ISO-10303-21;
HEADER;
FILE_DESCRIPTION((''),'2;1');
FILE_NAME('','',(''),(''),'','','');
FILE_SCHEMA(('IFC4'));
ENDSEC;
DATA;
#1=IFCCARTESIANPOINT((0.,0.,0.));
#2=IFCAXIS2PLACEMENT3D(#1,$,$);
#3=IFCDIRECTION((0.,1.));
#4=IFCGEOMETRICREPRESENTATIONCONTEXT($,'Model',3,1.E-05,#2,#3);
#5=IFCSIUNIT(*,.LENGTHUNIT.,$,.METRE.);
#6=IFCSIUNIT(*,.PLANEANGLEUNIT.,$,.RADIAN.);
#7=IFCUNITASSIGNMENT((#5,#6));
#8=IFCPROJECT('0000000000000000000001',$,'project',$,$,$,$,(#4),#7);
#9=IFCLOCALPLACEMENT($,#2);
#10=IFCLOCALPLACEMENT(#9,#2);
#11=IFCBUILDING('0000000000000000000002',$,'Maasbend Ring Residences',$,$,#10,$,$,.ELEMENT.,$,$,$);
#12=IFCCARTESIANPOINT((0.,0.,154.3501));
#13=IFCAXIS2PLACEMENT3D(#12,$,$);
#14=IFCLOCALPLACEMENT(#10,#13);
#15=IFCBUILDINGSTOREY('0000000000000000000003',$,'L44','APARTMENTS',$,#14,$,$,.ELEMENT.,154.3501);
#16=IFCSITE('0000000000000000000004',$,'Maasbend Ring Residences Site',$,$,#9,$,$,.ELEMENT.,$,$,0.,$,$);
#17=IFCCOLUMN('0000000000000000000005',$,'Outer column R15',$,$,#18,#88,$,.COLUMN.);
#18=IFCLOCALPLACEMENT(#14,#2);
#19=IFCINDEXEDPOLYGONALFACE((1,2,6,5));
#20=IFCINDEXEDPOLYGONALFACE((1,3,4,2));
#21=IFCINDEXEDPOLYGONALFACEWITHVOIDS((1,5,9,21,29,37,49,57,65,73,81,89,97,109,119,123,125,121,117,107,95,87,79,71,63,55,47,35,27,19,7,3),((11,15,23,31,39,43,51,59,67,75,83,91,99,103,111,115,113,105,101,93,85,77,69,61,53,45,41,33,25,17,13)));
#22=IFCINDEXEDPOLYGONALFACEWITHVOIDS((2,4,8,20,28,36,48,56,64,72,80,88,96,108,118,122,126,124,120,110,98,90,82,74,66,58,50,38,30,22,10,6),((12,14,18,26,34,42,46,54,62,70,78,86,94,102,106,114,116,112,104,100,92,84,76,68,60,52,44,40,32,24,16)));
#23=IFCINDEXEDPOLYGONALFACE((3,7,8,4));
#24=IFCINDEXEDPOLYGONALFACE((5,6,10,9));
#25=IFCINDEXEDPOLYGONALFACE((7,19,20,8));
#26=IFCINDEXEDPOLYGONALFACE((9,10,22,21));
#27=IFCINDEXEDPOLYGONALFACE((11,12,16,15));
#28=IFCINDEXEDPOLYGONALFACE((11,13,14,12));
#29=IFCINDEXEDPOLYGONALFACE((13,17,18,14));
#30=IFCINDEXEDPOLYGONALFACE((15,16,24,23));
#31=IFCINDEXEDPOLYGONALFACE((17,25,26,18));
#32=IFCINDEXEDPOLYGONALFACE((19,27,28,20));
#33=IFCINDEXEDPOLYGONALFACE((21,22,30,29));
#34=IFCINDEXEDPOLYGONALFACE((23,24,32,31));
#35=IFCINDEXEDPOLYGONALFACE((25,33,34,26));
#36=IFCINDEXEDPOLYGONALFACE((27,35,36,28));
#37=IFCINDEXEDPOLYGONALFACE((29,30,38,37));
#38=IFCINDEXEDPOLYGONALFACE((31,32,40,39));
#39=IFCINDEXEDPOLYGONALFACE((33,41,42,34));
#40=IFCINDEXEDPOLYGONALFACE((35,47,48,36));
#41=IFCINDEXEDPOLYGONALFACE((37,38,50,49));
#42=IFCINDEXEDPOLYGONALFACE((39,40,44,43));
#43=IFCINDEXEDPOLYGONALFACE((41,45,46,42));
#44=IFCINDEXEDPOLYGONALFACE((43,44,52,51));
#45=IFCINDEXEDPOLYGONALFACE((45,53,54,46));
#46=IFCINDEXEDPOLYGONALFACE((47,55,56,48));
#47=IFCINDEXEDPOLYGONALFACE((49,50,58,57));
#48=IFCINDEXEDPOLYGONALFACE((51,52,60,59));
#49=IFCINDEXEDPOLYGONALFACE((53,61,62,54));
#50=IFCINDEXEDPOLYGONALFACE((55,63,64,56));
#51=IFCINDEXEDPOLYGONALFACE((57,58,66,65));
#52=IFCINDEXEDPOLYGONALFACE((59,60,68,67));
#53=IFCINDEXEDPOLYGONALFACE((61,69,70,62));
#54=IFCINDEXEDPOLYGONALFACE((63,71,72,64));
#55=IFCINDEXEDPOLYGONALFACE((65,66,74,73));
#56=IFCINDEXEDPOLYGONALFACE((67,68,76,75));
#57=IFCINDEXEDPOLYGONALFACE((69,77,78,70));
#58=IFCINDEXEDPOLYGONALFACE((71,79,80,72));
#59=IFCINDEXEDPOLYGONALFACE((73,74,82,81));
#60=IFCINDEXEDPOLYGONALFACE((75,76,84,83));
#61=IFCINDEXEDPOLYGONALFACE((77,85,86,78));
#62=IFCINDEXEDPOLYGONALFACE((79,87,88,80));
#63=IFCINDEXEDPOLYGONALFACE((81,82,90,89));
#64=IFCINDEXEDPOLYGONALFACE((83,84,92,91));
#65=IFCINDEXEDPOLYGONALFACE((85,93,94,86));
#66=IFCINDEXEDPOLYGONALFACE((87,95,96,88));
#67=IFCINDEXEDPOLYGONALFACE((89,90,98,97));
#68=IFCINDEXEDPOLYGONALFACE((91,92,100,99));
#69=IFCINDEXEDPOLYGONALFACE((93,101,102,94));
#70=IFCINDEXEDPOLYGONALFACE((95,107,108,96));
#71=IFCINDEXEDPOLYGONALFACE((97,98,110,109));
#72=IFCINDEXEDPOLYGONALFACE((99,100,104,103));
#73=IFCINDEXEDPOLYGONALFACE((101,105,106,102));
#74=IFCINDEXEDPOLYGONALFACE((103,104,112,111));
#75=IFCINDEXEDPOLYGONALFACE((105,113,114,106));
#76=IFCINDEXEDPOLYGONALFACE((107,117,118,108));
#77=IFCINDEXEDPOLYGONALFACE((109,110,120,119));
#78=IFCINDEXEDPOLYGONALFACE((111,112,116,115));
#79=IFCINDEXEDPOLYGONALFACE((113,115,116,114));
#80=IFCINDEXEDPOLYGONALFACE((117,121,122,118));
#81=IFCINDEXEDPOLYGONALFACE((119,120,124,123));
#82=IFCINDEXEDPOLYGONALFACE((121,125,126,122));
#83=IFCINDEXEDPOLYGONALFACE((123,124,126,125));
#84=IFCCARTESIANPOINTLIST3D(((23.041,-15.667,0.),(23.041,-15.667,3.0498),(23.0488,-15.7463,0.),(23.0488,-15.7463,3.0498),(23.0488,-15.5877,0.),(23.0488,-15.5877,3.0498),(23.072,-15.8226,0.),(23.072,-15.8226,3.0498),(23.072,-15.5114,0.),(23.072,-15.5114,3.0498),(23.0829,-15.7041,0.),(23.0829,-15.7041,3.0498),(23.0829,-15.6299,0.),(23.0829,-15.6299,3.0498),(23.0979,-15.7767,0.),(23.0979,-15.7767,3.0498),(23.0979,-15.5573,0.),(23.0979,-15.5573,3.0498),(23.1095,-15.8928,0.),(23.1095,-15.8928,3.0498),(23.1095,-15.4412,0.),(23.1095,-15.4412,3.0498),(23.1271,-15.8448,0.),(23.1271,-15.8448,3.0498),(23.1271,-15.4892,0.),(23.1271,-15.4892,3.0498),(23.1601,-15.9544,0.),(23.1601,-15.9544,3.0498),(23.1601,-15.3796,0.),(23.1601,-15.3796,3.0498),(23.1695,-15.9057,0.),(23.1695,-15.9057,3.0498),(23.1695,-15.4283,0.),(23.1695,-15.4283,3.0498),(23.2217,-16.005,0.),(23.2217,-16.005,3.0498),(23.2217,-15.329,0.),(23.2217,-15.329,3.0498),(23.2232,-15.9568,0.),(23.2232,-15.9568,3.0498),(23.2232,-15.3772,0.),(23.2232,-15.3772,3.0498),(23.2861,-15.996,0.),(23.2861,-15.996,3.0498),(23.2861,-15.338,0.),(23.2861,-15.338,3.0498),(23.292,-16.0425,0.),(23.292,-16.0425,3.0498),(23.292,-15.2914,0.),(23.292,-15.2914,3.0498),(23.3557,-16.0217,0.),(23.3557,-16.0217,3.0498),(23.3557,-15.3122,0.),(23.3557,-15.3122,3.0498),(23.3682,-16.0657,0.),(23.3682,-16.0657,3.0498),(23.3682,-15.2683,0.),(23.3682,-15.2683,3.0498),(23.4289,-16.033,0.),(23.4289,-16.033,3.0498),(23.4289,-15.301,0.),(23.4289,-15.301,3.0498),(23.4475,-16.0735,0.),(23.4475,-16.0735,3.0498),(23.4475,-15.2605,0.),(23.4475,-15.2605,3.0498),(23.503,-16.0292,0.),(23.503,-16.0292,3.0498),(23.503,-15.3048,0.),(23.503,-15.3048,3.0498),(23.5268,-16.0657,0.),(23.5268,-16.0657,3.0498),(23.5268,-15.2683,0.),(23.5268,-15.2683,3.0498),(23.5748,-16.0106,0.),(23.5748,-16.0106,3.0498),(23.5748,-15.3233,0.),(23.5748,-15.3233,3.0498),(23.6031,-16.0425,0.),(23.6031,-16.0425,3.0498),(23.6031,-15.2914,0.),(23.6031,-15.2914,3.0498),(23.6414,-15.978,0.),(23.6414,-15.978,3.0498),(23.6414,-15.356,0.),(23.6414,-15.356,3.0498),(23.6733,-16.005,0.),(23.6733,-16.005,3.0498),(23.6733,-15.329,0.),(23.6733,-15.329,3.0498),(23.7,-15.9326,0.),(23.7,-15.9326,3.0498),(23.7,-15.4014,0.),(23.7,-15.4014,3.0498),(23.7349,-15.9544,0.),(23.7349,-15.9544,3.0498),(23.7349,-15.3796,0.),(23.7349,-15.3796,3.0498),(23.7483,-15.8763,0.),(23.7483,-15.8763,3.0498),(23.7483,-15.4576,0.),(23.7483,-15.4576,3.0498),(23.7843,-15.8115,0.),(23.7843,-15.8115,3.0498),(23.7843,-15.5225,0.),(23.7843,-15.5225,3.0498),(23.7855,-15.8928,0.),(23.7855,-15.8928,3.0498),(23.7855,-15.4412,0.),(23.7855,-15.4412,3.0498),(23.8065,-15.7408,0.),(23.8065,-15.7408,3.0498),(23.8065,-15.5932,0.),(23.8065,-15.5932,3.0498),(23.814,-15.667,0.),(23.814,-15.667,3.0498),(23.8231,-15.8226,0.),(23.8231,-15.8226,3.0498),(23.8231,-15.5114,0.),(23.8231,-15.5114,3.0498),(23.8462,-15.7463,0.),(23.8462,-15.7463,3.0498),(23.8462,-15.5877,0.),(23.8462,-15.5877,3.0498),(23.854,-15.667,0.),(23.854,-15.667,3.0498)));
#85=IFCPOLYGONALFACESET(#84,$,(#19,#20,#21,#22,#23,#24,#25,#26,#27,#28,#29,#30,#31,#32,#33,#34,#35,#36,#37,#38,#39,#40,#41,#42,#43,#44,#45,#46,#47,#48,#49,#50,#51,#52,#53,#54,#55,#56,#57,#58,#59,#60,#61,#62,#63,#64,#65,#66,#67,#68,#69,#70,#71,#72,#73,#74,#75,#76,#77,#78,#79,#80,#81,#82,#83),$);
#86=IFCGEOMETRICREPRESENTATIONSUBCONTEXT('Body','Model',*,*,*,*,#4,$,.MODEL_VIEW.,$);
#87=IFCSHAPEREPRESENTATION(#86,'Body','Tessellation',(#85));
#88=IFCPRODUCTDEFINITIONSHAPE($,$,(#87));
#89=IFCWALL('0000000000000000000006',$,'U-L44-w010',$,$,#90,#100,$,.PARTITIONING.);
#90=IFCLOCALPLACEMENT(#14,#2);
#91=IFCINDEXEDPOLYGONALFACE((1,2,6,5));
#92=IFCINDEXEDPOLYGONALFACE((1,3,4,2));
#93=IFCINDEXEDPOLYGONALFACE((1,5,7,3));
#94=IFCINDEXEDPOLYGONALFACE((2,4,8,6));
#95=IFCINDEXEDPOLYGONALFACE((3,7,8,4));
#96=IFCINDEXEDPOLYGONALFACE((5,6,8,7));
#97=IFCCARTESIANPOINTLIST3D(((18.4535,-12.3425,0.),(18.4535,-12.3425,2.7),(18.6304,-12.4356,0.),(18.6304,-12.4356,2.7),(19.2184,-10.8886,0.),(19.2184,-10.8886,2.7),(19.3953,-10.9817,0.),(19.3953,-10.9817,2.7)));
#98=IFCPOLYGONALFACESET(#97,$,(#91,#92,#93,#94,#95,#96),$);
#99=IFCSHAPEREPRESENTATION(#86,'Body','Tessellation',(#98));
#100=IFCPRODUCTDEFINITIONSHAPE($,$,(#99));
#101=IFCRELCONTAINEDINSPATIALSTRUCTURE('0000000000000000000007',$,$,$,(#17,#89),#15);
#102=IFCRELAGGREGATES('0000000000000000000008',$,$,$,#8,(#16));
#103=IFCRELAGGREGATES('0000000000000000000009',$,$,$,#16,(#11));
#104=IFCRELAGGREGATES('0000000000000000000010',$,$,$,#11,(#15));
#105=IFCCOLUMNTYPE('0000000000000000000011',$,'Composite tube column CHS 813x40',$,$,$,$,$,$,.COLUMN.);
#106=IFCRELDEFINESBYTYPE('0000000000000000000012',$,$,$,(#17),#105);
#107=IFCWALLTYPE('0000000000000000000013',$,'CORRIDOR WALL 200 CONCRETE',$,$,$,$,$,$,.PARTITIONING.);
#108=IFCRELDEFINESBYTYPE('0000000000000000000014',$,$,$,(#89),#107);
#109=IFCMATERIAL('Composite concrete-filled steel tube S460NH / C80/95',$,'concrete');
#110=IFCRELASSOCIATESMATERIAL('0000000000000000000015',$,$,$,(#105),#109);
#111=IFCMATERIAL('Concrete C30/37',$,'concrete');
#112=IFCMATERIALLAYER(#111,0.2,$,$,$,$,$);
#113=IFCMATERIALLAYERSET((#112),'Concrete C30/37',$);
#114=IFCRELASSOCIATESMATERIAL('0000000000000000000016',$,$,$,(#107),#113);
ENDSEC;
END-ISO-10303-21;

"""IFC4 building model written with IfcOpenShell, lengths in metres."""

from ifc_helpers import new_model, si_unit, direction, frame, frame_2d, origin, origin_2d, place, context, subcontext, project, spatial, rectangle, hollow_circle, extrude, material, layer, layer_set, material_profile, profile_set, type_object, element, save


model = new_model("IFC4")

# Units and contexts
model_context = context("Model", 3, precision=1e-05, world=origin(), true_north=direction((0.0, 1.0)))
body_context = subcontext(model_context, "Body", "Model", "MODEL_VIEW")
ifc_project = project(units=[si_unit("LENGTHUNIT", "METRE"), si_unit("PLANEANGLEUNIT", "RADIAN")], contexts=[model_context])

# Site, building, storey
site_placement = place(None, origin())
site = spatial("IfcSite", under=ifc_project, at=site_placement, Name="Maasbend Ring Residences Site", CompositionType="ELEMENT", RefElevation=0.0)
building_placement = place(site_placement, origin())
building = spatial("IfcBuilding", under=site, at=building_placement, Name="Maasbend Ring Residences", CompositionType="ELEMENT")
storey_placement = place(building_placement, frame((0.0, 0.0, 154.3501)))
storey = spatial("IfcBuildingStorey", under=building, at=storey_placement, Name="L44", Description="APARTMENTS", CompositionType="ELEMENT", Elevation=154.3501)

# Column
ifc_material_1 = material(Name="Composite concrete-filled steel tube S460NH / C80/95", Category="concrete")
ifc_material_profile = material_profile(ifc_material_1, hollow_circle(Radius=0.4065, WallThickness=0.04, at=origin_2d()), Name="Composite tube column CHS 813x40")
ifc_profile_set = profile_set([ifc_material_profile], Name="Composite concrete-filled steel tube S460NH / C80/95")
column_type = type_object("IfcColumnType", Name="Composite tube column CHS 813x40", PredefinedType="COLUMN", material=ifc_profile_set)
column_placement = place(storey_placement, frame((23.4475, -15.667, 0.0), z_axis=(0.0, 0.0, 1.0), x_axis=(1.0, 0.0, 0.0)))
element("IfcColumn", 1, at=column_placement, inside=storey, type_object=column_type, Name="Outer column R15", PredefinedType="COLUMN", context=body_context, shape_type="SweptSolid", body=[
    extrude(hollow_circle(Radius=0.4065, WallThickness=0.04, at=origin_2d()), origin(), (0.0, 0.0, 1.0), 3.0498),
])

# Wall
ifc_material_2 = material(Name="Concrete C30/37", Category="concrete")
ifc_layer_1 = layer(ifc_material_2, 0.2)
ifc_layer_set_1 = layer_set([ifc_layer_1], Name="Concrete C30/37")
wall_type_1 = type_object("IfcWallType", Name="CORRIDOR WALL 200 CONCRETE", PredefinedType="PARTITIONING", material=ifc_layer_set_1)
wall_1_placement = place(storey_placement, frame((18.542, -12.3889, 0.0), z_axis=(0.0, 0.0, 1.0), x_axis=(0.465606, 0.884992, 0.0)))
element("IfcWall", 2, at=wall_1_placement, inside=storey, type_object=wall_type_1, Name="U-L44-w010", PredefinedType="PARTITIONING", context=body_context, shape_type="SweptSolid", body=[
    extrude(rectangle(XDim=1.6428, YDim=0.2, at=frame_2d((0.8213, 0.0))), origin(), (0.0, 0.0, 1.0), 2.7),
])

save(model, "model.ifc")
